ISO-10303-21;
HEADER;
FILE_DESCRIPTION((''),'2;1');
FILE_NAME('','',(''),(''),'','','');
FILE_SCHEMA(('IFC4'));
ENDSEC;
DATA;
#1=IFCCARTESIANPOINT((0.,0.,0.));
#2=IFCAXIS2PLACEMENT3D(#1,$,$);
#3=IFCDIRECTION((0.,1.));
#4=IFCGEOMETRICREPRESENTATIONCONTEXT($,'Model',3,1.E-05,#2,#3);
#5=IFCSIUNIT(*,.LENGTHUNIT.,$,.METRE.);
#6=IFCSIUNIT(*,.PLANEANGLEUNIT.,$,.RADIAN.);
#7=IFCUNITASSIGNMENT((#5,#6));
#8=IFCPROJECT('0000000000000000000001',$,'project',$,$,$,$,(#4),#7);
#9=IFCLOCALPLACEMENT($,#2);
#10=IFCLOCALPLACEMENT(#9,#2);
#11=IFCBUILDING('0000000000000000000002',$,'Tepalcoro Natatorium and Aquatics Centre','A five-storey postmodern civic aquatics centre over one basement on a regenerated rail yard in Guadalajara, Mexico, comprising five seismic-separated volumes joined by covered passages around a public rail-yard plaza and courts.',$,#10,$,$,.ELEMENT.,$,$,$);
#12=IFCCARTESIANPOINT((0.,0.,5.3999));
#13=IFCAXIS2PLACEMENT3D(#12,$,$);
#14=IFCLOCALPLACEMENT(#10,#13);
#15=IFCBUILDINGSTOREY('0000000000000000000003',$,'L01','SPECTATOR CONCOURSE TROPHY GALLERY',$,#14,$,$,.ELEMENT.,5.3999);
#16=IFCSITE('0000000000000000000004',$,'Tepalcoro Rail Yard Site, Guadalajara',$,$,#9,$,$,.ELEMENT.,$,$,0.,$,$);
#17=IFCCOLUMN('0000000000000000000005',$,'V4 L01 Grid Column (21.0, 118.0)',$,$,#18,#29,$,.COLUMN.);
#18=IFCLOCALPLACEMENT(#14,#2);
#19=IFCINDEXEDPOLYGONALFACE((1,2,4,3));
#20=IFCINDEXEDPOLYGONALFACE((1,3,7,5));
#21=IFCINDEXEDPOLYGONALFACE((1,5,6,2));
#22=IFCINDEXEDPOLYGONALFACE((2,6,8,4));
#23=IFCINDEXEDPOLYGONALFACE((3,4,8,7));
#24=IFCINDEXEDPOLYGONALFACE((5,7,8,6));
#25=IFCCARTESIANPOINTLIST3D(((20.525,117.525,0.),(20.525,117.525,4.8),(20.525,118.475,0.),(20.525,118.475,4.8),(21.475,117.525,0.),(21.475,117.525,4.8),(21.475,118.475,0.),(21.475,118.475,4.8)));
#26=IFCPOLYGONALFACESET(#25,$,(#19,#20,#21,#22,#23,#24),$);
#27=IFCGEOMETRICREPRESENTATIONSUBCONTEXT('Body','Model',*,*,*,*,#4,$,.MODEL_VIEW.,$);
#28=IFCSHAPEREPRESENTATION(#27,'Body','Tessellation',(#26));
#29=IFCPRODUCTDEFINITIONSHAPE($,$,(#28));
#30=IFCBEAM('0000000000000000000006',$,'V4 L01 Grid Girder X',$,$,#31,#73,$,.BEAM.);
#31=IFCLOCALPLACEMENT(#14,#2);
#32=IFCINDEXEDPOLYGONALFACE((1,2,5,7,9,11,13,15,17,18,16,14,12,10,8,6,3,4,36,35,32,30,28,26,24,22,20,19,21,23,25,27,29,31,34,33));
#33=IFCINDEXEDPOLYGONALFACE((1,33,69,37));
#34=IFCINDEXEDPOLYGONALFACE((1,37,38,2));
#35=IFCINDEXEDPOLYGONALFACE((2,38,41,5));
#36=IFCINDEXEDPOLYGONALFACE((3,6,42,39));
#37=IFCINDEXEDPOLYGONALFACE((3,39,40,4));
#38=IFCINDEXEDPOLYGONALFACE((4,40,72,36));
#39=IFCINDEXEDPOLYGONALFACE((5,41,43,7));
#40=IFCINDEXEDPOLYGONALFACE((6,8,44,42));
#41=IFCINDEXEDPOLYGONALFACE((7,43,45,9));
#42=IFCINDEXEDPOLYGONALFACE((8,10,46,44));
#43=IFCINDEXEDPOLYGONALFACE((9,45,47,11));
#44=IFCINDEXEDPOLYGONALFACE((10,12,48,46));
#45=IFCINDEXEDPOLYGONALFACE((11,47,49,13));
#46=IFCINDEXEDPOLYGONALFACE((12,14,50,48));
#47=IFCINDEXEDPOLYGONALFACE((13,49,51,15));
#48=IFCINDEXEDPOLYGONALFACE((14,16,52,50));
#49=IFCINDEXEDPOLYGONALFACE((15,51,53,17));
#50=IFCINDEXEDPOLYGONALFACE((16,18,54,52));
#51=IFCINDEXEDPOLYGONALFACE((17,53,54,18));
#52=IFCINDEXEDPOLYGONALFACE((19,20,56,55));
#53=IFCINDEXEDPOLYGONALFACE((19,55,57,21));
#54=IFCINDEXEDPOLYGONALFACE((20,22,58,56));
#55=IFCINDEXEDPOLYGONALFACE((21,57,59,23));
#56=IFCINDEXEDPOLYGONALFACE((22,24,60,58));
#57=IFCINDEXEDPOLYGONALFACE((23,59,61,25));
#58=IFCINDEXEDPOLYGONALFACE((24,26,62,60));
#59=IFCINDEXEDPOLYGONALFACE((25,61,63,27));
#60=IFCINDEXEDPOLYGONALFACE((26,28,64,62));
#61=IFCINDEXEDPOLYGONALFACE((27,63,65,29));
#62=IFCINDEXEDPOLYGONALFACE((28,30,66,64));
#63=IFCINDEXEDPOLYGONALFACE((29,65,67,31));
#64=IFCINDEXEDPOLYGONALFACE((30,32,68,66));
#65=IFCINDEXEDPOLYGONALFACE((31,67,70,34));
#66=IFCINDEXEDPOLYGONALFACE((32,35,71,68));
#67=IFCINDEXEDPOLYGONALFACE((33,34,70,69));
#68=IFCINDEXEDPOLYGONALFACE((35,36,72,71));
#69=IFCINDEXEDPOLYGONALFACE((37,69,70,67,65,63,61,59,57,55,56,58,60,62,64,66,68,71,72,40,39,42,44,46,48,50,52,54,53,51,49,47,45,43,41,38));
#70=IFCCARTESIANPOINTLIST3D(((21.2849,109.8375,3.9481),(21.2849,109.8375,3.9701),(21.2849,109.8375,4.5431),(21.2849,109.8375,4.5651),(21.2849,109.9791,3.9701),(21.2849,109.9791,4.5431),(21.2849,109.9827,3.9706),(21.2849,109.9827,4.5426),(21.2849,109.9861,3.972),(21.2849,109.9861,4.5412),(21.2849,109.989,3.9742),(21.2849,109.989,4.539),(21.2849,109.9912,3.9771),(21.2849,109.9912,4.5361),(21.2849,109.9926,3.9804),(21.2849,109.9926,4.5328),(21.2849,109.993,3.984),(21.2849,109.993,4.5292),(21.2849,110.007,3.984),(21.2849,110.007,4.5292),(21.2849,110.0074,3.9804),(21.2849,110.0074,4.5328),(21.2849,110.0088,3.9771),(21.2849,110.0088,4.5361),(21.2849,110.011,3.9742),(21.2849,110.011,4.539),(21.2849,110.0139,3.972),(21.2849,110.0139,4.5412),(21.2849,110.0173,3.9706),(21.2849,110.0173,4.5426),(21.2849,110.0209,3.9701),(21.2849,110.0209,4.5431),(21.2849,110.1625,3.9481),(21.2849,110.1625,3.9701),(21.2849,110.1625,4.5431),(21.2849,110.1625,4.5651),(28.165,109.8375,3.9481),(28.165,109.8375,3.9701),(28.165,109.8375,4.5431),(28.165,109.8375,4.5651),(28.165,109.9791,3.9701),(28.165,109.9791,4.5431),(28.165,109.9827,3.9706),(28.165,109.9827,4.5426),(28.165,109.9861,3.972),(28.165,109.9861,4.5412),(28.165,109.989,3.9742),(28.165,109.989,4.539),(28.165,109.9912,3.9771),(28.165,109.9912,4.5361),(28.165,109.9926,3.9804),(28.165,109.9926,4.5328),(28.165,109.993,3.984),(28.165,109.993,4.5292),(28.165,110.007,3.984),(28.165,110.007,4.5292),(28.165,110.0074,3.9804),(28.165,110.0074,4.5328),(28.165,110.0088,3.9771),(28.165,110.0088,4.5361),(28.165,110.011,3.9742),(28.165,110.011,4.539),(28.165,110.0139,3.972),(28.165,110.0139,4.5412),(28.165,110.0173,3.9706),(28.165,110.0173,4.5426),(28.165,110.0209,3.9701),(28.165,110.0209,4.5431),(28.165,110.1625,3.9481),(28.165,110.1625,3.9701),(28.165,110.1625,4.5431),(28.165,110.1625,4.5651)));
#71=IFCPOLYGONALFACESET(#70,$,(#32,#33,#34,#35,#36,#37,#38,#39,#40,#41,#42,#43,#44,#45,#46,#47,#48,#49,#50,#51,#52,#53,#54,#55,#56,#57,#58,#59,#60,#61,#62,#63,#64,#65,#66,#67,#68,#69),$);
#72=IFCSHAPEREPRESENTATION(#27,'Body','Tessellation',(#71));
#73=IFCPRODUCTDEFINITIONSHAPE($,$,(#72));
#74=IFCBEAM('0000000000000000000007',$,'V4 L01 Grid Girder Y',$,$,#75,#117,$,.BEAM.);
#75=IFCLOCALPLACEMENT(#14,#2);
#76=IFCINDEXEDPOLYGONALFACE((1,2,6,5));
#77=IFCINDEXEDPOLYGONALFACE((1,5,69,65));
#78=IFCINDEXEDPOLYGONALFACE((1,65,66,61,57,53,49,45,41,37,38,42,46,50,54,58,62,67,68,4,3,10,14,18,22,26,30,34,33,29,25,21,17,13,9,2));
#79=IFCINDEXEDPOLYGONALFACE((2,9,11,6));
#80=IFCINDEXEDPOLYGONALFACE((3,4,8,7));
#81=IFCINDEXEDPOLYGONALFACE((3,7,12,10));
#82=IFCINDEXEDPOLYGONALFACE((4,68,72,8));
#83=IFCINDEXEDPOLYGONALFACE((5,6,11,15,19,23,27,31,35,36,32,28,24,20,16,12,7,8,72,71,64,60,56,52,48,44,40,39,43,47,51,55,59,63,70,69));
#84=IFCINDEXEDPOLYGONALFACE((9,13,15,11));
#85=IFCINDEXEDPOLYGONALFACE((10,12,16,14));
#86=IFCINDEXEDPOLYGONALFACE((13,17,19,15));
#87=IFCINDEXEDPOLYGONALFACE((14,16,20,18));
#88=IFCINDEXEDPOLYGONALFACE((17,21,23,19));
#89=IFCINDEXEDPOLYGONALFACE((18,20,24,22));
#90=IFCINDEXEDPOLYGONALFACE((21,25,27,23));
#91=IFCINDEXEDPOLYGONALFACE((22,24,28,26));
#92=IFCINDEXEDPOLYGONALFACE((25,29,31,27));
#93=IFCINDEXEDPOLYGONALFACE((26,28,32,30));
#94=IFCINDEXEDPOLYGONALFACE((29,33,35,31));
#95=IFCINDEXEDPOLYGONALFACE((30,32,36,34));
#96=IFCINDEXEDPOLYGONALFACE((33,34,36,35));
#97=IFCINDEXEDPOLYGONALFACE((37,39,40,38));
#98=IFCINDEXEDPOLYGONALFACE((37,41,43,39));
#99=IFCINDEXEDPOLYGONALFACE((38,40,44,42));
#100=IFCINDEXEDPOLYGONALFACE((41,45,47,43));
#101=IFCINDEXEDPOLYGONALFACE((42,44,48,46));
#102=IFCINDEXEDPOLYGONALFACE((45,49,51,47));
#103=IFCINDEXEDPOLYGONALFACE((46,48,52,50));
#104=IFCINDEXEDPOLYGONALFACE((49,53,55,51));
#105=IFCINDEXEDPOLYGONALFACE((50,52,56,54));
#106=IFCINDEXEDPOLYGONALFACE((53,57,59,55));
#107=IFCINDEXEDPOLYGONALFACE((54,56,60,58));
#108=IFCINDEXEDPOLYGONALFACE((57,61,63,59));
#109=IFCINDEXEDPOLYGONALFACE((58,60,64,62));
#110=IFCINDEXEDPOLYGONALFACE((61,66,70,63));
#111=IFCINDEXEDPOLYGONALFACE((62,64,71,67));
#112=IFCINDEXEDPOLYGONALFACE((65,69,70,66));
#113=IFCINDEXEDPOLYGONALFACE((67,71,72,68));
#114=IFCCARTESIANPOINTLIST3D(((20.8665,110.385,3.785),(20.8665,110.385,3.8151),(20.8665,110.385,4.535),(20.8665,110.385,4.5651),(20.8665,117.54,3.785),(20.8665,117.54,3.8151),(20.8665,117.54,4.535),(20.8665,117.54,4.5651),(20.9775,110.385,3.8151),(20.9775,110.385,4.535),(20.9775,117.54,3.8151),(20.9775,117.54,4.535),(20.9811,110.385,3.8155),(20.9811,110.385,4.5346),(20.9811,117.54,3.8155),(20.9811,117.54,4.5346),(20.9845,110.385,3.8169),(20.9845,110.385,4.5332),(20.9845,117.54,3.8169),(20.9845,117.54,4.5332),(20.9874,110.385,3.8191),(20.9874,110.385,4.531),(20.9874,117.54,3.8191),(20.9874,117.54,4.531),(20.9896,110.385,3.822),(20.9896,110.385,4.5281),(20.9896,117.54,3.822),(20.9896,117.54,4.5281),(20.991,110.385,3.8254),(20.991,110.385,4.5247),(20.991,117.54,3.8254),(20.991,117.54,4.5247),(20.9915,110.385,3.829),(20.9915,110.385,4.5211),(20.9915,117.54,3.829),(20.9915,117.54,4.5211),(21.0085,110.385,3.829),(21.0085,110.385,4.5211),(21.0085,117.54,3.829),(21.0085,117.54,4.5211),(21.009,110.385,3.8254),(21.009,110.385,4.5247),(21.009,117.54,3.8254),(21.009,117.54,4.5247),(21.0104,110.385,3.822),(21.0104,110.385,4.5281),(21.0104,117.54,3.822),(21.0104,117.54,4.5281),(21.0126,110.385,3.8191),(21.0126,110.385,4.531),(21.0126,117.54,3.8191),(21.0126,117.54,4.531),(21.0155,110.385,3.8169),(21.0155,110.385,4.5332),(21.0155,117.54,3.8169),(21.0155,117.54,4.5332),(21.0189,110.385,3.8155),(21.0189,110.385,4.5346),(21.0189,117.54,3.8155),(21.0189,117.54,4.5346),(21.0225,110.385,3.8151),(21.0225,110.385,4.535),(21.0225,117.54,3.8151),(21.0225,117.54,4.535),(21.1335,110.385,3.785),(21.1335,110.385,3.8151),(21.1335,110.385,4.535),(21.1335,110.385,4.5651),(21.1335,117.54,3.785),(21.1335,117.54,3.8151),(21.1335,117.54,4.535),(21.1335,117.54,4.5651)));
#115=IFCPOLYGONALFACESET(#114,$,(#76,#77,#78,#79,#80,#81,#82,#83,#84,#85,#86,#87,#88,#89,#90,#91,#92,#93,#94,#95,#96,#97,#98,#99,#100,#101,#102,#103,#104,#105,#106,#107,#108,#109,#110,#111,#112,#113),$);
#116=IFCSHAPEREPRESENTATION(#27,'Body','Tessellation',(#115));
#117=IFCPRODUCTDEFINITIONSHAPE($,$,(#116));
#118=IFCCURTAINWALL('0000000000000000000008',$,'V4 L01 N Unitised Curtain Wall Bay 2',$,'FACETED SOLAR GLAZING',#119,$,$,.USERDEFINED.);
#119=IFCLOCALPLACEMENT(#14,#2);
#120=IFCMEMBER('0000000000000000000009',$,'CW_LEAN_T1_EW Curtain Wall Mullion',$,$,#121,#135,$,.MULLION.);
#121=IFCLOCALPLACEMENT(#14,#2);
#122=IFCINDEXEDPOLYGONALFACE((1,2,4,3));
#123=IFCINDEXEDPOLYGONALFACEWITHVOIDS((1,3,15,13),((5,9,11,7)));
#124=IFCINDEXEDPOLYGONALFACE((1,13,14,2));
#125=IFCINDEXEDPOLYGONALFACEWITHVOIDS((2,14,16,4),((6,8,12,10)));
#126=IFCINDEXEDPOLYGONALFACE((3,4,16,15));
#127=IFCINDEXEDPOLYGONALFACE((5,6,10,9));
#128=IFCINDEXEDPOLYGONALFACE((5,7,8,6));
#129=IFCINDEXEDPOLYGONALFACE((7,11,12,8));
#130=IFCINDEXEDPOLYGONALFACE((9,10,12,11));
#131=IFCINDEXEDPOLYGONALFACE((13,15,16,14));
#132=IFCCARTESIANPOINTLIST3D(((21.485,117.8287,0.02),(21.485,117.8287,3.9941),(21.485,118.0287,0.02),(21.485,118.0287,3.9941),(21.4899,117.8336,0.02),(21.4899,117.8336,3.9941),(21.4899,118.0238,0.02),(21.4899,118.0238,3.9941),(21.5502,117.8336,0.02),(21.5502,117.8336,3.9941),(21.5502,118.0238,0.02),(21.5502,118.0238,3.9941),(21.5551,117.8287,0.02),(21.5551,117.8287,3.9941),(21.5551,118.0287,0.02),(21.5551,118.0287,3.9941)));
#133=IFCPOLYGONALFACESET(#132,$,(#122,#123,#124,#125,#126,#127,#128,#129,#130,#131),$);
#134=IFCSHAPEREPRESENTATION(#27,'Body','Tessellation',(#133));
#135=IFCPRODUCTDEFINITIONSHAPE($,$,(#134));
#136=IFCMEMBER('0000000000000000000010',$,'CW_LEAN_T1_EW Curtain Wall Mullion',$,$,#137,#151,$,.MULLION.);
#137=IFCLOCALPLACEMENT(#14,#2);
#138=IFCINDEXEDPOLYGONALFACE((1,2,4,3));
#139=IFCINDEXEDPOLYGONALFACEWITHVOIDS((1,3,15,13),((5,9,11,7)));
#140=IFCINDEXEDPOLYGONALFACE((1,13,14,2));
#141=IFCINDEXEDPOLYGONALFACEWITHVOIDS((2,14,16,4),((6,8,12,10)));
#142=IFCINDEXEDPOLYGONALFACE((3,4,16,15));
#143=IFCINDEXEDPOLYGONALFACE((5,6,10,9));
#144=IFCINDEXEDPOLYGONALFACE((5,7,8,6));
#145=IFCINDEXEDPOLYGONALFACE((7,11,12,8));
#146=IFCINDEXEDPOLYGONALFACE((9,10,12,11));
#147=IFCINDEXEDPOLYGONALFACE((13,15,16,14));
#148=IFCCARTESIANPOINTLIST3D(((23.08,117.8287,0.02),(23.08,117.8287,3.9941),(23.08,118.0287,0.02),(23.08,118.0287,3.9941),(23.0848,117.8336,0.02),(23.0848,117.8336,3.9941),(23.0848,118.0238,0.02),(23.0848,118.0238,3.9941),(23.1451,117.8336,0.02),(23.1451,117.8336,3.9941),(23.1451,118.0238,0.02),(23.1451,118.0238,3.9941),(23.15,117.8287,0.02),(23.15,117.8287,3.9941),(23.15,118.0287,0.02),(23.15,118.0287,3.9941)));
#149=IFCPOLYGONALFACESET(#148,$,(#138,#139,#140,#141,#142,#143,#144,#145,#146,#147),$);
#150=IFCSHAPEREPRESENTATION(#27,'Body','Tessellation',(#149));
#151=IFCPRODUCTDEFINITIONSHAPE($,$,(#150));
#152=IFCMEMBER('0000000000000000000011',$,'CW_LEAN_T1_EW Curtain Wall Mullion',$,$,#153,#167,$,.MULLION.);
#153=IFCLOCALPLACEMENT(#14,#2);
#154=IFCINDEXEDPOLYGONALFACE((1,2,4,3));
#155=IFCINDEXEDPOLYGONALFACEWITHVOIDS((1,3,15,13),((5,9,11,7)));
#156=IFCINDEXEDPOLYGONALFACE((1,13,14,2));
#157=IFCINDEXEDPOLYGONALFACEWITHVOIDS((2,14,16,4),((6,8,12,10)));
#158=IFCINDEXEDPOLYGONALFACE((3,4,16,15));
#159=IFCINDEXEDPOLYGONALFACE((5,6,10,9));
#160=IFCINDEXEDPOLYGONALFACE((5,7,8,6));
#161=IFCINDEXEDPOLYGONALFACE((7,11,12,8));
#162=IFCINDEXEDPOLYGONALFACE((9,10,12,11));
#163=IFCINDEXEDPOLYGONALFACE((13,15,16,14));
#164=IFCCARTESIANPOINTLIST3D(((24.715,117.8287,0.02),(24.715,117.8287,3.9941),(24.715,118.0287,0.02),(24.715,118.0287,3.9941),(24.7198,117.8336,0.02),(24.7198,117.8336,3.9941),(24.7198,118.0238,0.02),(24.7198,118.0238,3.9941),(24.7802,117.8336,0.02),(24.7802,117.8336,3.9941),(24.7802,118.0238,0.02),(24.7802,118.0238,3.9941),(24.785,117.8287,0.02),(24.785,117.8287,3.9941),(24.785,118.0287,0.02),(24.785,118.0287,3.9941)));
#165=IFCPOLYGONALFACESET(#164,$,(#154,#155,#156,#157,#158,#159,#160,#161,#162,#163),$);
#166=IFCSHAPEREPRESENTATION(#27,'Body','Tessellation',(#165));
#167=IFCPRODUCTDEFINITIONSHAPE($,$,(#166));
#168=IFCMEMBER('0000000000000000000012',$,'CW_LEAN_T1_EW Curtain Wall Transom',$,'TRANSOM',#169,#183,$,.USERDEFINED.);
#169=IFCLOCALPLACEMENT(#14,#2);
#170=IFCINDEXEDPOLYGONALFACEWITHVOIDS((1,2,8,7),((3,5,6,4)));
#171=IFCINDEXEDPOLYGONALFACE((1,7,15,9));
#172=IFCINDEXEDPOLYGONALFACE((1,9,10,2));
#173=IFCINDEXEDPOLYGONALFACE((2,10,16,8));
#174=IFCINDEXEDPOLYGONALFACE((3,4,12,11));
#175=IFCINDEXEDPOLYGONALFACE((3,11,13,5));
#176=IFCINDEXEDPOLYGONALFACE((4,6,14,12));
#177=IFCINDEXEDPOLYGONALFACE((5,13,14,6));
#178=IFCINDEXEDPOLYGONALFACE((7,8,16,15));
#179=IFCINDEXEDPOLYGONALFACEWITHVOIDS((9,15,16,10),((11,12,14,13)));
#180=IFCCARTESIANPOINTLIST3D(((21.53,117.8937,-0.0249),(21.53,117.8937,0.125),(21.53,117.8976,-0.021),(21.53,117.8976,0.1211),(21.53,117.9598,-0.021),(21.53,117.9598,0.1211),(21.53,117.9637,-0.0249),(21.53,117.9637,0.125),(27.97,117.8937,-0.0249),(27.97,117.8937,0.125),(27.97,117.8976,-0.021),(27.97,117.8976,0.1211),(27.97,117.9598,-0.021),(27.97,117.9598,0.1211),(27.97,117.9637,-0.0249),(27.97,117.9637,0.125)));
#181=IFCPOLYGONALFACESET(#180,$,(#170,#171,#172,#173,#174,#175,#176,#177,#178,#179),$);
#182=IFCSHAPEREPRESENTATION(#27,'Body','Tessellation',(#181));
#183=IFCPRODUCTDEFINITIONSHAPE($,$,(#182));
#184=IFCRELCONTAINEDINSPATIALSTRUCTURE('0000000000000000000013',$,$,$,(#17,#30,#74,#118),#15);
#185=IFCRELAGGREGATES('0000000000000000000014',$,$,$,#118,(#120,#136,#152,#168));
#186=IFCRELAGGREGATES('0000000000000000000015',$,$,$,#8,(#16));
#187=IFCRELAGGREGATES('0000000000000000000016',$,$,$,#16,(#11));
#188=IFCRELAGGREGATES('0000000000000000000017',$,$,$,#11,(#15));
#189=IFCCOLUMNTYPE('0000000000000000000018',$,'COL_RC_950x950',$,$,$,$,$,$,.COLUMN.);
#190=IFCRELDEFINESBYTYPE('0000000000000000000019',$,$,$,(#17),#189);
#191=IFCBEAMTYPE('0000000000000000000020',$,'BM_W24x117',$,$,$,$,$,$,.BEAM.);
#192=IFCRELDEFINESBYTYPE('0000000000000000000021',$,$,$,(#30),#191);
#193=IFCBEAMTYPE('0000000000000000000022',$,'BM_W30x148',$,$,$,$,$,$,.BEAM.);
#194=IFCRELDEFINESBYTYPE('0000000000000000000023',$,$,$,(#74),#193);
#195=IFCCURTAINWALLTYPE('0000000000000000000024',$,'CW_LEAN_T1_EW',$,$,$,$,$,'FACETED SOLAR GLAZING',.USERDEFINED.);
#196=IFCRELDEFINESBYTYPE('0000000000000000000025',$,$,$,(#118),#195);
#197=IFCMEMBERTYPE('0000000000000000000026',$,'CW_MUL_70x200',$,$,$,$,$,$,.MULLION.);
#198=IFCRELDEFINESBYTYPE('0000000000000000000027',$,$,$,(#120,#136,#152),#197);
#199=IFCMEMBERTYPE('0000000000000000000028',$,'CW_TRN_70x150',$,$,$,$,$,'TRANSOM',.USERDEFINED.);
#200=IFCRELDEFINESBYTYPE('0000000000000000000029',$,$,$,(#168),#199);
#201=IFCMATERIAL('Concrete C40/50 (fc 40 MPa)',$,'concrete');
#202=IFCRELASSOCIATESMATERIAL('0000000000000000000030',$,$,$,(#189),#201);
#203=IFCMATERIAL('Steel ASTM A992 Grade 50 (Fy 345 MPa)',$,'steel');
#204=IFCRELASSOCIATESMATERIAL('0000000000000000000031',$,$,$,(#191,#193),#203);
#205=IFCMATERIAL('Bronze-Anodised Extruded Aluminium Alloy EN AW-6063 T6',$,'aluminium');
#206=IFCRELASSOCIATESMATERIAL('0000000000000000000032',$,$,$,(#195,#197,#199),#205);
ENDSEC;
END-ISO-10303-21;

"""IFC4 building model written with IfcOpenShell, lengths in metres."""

from ifc_helpers import new_model, si_unit, direction, frame, origin, origin_2d, place, context, subcontext, project, spatial, rectangle, hollow_rectangle, i_section, extrude, material, material_profile, profile_set, type_object, element, aggregate, save


model = new_model("IFC4")

# Units and contexts
model_context = context("Model", 3, precision=1e-05, world=origin(), true_north=direction((0.0, 1.0)))
body_context = subcontext(model_context, "Body", "Model", "MODEL_VIEW")
ifc_project = project(units=[si_unit("LENGTHUNIT", "METRE"), si_unit("PLANEANGLEUNIT", "RADIAN")], contexts=[model_context])

# Site, building, storey
site_placement = place(None, origin())
site = spatial("IfcSite", under=ifc_project, at=site_placement, Name="Tepalcoro Rail Yard Site, Guadalajara", CompositionType="ELEMENT", RefElevation=0.0)
building_placement = place(site_placement, origin())
building = spatial("IfcBuilding", under=site, at=building_placement, Name="Tepalcoro Natatorium and Aquatics Centre", Description="A five-storey postmodern civic aquatics centre over one basement on a regenerated rail yard in Guadalajara, Mexico, comprising five seismic-separated volumes joined by covered passages around a public rail-yard plaza and courts.", CompositionType="ELEMENT")
storey_placement = place(building_placement, frame((0.0, 0.0, 5.3999)))
storey = spatial("IfcBuildingStorey", under=building, at=storey_placement, Name="L01", Description="SPECTATOR CONCOURSE TROPHY GALLERY", CompositionType="ELEMENT", Elevation=5.3999)

# Column
ifc_material_1 = material(Name="Concrete C40/50 (fc 40 MPa)", Category="concrete")
ifc_material_profile_1 = material_profile(ifc_material_1, rectangle(XDim=0.95, YDim=0.95, at=origin_2d()), Name="RC950x950")
ifc_profile_set_1 = profile_set([ifc_material_profile_1], Name="Concrete C40/50 (fc 40 MPa)")
column_type = type_object("IfcColumnType", Name="COL_RC_950x950", PredefinedType="COLUMN", material=ifc_profile_set_1)
column_placement = place(storey_placement, frame((21.0, 118.0, 0.0), z_axis=(0.0, 0.0, 1.0), x_axis=(1.0, 0.0, 0.0)))
element("IfcColumn", 1, at=column_placement, inside=storey, type_object=column_type, Name="V4 L01 Grid Column (21.0, 118.0)", PredefinedType="COLUMN", context=body_context, shape_type="SweptSolid", body=[
    extrude(rectangle(XDim=0.95, YDim=0.95, at=origin_2d()), origin(), (0.0, 0.0, 1.0), 4.8),
])

# Beams
ifc_material_2 = material(Name="Steel ASTM A992 Grade 50 (Fy 345 MPa)", Category="steel")
ifc_material_profile_2 = material_profile(ifc_material_2, i_section(OverallWidth=0.325, OverallDepth=0.6169, WebThickness=0.0139, FlangeThickness=0.022, FilletRadius=0.0139, at=origin_2d()), Name="W24X117")
ifc_profile_set_2 = profile_set([ifc_material_profile_2], Name="Steel ASTM A992 Grade 50 (Fy 345 MPa)")
beam_type_1 = type_object("IfcBeamType", Name="BM_W24x117", PredefinedType="BEAM", material=ifc_profile_set_2)
beam_1_placement = place(storey_placement, frame((21.2849, 110.0, 4.2566), z_axis=(1.0, 0.0, 0.0), x_axis=(0.0, 1.0, 0.0)))
element("IfcBeam", 2, at=beam_1_placement, inside=storey, type_object=beam_type_1, Name="V4 L01 Grid Girder X", PredefinedType="BEAM", context=body_context, shape_type="SweptSolid", body=[
    extrude(i_section(OverallWidth=0.325, OverallDepth=0.6169, WebThickness=0.0139, FlangeThickness=0.022, FilletRadius=0.0139, at=origin_2d()), origin(), (0.0, 0.0, 1.0), 6.8801),
])
ifc_material_profile_3 = material_profile(ifc_material_2, i_section(OverallWidth=0.2671, OverallDepth=0.78, WebThickness=0.0171, FlangeThickness=0.03, FilletRadius=0.0139, at=origin_2d()), Name="W30X148")
ifc_profile_set_3 = profile_set([ifc_material_profile_3], Name="Steel ASTM A992 Grade 50 (Fy 345 MPa)")
beam_type_2 = type_object("IfcBeamType", Name="BM_W30x148", PredefinedType="BEAM", material=ifc_profile_set_3)
beam_2_placement = place(storey_placement, frame((21.0, 110.385, 4.175), z_axis=(0.0, 1.0, 0.0), x_axis=(-1.0, 0.0, 0.0)))
element("IfcBeam", 3, at=beam_2_placement, inside=storey, type_object=beam_type_2, Name="V4 L01 Grid Girder Y", PredefinedType="BEAM", context=body_context, shape_type="SweptSolid", body=[
    extrude(i_section(OverallWidth=0.2671, OverallDepth=0.78, WebThickness=0.0171, FlangeThickness=0.03, FilletRadius=0.0139, at=origin_2d()), origin(), (0.0, 0.0, 1.0), 7.155),
])

# Curtain wall, members
ifc_material_3 = material(Name="Bronze-Anodised Extruded Aluminium Alloy EN AW-6063 T6", Category="aluminium")
curtain_wall_type = type_object("IfcCurtainWallType", Name="CW_LEAN_T1_EW", ElementType="FACETED SOLAR GLAZING", PredefinedType="USERDEFINED", material=ifc_material_3)
curtain_wall_placement = place(storey_placement, origin())
curtain_wall = element("IfcCurtainWall", 4, at=curtain_wall_placement, inside=storey, type_object=curtain_wall_type, Name="V4 L01 N Unitised Curtain Wall Bay 2", ObjectType="FACETED SOLAR GLAZING", PredefinedType="USERDEFINED")
ifc_material_profile_4 = material_profile(ifc_material_3, hollow_rectangle(XDim=0.0701, YDim=0.2, WallThickness=0.0049, at=origin_2d()), Name="AL70X200X5")
ifc_profile_set_4 = profile_set([ifc_material_profile_4], Name="Bronze-Anodised Extruded Aluminium Alloy EN AW-6063 T6")
member_type_1 = type_object("IfcMemberType", Name="CW_MUL_70x200", PredefinedType="MULLION", material=ifc_profile_set_4)
member_1_placement = place(storey_placement, frame((21.52, 117.9287, 0.02), z_axis=(0.0, 0.0, 1.0), x_axis=(1.0, 0.0, 0.0)))
member_1 = element("IfcMember", 5, at=member_1_placement, type_object=member_type_1, Name="CW_LEAN_T1_EW Curtain Wall Mullion", PredefinedType="MULLION", context=body_context, shape_type="SweptSolid", body=[
    extrude(hollow_rectangle(XDim=0.0701, YDim=0.2, WallThickness=0.0049, at=origin_2d()), origin(), (0.0, 0.0, 1.0), 3.9741),
])
member_2_placement = place(storey_placement, frame((23.115, 117.9287, 0.02), z_axis=(0.0, 0.0, 1.0), x_axis=(1.0, 0.0, 0.0)))
member_2 = element("IfcMember", 6, at=member_2_placement, type_object=member_type_1, Name="CW_LEAN_T1_EW Curtain Wall Mullion", PredefinedType="MULLION", context=body_context, shape_type="SweptSolid", body=[
    extrude(hollow_rectangle(XDim=0.0701, YDim=0.2, WallThickness=0.0049, at=origin_2d()), origin(), (0.0, 0.0, 1.0), 3.9741),
])
member_3_placement = place(storey_placement, frame((24.75, 117.9287, 0.02), z_axis=(0.0, 0.0, 1.0), x_axis=(1.0, 0.0, 0.0)))
member_3 = element("IfcMember", 7, at=member_3_placement, type_object=member_type_1, Name="CW_LEAN_T1_EW Curtain Wall Mullion", PredefinedType="MULLION", context=body_context, shape_type="SweptSolid", body=[
    extrude(hollow_rectangle(XDim=0.0701, YDim=0.2, WallThickness=0.0049, at=origin_2d()), origin(), (0.0, 0.0, 1.0), 3.9741),
])
ifc_material_profile_5 = material_profile(ifc_material_3, hollow_rectangle(XDim=0.0701, YDim=0.1499, WallThickness=0.0039, at=origin_2d()), Name="AL70X150X4")
ifc_profile_set_5 = profile_set([ifc_material_profile_5], Name="Bronze-Anodised Extruded Aluminium Alloy EN AW-6063 T6")
member_type_2 = type_object("IfcMemberType", Name="CW_TRN_70x150", ElementType="TRANSOM", PredefinedType="USERDEFINED", material=ifc_profile_set_5)
member_4_placement = place(storey_placement, frame((21.53, 117.9287, 0.05), z_axis=(1.0, 0.0, 0.0), x_axis=(0.0, 1.0, 0.0)))
member_4 = element("IfcMember", 8, at=member_4_placement, type_object=member_type_2, Name="CW_LEAN_T1_EW Curtain Wall Transom", ObjectType="TRANSOM", PredefinedType="USERDEFINED", context=body_context, shape_type="SweptSolid", body=[
    extrude(hollow_rectangle(XDim=0.0701, YDim=0.1499, WallThickness=0.0039, at=origin_2d()), origin(), (0.0, 0.0, 1.0), 6.4399),
])

aggregate(curtain_wall, [member_1, member_2, member_3, member_4])

save(model, "model.ifc")
